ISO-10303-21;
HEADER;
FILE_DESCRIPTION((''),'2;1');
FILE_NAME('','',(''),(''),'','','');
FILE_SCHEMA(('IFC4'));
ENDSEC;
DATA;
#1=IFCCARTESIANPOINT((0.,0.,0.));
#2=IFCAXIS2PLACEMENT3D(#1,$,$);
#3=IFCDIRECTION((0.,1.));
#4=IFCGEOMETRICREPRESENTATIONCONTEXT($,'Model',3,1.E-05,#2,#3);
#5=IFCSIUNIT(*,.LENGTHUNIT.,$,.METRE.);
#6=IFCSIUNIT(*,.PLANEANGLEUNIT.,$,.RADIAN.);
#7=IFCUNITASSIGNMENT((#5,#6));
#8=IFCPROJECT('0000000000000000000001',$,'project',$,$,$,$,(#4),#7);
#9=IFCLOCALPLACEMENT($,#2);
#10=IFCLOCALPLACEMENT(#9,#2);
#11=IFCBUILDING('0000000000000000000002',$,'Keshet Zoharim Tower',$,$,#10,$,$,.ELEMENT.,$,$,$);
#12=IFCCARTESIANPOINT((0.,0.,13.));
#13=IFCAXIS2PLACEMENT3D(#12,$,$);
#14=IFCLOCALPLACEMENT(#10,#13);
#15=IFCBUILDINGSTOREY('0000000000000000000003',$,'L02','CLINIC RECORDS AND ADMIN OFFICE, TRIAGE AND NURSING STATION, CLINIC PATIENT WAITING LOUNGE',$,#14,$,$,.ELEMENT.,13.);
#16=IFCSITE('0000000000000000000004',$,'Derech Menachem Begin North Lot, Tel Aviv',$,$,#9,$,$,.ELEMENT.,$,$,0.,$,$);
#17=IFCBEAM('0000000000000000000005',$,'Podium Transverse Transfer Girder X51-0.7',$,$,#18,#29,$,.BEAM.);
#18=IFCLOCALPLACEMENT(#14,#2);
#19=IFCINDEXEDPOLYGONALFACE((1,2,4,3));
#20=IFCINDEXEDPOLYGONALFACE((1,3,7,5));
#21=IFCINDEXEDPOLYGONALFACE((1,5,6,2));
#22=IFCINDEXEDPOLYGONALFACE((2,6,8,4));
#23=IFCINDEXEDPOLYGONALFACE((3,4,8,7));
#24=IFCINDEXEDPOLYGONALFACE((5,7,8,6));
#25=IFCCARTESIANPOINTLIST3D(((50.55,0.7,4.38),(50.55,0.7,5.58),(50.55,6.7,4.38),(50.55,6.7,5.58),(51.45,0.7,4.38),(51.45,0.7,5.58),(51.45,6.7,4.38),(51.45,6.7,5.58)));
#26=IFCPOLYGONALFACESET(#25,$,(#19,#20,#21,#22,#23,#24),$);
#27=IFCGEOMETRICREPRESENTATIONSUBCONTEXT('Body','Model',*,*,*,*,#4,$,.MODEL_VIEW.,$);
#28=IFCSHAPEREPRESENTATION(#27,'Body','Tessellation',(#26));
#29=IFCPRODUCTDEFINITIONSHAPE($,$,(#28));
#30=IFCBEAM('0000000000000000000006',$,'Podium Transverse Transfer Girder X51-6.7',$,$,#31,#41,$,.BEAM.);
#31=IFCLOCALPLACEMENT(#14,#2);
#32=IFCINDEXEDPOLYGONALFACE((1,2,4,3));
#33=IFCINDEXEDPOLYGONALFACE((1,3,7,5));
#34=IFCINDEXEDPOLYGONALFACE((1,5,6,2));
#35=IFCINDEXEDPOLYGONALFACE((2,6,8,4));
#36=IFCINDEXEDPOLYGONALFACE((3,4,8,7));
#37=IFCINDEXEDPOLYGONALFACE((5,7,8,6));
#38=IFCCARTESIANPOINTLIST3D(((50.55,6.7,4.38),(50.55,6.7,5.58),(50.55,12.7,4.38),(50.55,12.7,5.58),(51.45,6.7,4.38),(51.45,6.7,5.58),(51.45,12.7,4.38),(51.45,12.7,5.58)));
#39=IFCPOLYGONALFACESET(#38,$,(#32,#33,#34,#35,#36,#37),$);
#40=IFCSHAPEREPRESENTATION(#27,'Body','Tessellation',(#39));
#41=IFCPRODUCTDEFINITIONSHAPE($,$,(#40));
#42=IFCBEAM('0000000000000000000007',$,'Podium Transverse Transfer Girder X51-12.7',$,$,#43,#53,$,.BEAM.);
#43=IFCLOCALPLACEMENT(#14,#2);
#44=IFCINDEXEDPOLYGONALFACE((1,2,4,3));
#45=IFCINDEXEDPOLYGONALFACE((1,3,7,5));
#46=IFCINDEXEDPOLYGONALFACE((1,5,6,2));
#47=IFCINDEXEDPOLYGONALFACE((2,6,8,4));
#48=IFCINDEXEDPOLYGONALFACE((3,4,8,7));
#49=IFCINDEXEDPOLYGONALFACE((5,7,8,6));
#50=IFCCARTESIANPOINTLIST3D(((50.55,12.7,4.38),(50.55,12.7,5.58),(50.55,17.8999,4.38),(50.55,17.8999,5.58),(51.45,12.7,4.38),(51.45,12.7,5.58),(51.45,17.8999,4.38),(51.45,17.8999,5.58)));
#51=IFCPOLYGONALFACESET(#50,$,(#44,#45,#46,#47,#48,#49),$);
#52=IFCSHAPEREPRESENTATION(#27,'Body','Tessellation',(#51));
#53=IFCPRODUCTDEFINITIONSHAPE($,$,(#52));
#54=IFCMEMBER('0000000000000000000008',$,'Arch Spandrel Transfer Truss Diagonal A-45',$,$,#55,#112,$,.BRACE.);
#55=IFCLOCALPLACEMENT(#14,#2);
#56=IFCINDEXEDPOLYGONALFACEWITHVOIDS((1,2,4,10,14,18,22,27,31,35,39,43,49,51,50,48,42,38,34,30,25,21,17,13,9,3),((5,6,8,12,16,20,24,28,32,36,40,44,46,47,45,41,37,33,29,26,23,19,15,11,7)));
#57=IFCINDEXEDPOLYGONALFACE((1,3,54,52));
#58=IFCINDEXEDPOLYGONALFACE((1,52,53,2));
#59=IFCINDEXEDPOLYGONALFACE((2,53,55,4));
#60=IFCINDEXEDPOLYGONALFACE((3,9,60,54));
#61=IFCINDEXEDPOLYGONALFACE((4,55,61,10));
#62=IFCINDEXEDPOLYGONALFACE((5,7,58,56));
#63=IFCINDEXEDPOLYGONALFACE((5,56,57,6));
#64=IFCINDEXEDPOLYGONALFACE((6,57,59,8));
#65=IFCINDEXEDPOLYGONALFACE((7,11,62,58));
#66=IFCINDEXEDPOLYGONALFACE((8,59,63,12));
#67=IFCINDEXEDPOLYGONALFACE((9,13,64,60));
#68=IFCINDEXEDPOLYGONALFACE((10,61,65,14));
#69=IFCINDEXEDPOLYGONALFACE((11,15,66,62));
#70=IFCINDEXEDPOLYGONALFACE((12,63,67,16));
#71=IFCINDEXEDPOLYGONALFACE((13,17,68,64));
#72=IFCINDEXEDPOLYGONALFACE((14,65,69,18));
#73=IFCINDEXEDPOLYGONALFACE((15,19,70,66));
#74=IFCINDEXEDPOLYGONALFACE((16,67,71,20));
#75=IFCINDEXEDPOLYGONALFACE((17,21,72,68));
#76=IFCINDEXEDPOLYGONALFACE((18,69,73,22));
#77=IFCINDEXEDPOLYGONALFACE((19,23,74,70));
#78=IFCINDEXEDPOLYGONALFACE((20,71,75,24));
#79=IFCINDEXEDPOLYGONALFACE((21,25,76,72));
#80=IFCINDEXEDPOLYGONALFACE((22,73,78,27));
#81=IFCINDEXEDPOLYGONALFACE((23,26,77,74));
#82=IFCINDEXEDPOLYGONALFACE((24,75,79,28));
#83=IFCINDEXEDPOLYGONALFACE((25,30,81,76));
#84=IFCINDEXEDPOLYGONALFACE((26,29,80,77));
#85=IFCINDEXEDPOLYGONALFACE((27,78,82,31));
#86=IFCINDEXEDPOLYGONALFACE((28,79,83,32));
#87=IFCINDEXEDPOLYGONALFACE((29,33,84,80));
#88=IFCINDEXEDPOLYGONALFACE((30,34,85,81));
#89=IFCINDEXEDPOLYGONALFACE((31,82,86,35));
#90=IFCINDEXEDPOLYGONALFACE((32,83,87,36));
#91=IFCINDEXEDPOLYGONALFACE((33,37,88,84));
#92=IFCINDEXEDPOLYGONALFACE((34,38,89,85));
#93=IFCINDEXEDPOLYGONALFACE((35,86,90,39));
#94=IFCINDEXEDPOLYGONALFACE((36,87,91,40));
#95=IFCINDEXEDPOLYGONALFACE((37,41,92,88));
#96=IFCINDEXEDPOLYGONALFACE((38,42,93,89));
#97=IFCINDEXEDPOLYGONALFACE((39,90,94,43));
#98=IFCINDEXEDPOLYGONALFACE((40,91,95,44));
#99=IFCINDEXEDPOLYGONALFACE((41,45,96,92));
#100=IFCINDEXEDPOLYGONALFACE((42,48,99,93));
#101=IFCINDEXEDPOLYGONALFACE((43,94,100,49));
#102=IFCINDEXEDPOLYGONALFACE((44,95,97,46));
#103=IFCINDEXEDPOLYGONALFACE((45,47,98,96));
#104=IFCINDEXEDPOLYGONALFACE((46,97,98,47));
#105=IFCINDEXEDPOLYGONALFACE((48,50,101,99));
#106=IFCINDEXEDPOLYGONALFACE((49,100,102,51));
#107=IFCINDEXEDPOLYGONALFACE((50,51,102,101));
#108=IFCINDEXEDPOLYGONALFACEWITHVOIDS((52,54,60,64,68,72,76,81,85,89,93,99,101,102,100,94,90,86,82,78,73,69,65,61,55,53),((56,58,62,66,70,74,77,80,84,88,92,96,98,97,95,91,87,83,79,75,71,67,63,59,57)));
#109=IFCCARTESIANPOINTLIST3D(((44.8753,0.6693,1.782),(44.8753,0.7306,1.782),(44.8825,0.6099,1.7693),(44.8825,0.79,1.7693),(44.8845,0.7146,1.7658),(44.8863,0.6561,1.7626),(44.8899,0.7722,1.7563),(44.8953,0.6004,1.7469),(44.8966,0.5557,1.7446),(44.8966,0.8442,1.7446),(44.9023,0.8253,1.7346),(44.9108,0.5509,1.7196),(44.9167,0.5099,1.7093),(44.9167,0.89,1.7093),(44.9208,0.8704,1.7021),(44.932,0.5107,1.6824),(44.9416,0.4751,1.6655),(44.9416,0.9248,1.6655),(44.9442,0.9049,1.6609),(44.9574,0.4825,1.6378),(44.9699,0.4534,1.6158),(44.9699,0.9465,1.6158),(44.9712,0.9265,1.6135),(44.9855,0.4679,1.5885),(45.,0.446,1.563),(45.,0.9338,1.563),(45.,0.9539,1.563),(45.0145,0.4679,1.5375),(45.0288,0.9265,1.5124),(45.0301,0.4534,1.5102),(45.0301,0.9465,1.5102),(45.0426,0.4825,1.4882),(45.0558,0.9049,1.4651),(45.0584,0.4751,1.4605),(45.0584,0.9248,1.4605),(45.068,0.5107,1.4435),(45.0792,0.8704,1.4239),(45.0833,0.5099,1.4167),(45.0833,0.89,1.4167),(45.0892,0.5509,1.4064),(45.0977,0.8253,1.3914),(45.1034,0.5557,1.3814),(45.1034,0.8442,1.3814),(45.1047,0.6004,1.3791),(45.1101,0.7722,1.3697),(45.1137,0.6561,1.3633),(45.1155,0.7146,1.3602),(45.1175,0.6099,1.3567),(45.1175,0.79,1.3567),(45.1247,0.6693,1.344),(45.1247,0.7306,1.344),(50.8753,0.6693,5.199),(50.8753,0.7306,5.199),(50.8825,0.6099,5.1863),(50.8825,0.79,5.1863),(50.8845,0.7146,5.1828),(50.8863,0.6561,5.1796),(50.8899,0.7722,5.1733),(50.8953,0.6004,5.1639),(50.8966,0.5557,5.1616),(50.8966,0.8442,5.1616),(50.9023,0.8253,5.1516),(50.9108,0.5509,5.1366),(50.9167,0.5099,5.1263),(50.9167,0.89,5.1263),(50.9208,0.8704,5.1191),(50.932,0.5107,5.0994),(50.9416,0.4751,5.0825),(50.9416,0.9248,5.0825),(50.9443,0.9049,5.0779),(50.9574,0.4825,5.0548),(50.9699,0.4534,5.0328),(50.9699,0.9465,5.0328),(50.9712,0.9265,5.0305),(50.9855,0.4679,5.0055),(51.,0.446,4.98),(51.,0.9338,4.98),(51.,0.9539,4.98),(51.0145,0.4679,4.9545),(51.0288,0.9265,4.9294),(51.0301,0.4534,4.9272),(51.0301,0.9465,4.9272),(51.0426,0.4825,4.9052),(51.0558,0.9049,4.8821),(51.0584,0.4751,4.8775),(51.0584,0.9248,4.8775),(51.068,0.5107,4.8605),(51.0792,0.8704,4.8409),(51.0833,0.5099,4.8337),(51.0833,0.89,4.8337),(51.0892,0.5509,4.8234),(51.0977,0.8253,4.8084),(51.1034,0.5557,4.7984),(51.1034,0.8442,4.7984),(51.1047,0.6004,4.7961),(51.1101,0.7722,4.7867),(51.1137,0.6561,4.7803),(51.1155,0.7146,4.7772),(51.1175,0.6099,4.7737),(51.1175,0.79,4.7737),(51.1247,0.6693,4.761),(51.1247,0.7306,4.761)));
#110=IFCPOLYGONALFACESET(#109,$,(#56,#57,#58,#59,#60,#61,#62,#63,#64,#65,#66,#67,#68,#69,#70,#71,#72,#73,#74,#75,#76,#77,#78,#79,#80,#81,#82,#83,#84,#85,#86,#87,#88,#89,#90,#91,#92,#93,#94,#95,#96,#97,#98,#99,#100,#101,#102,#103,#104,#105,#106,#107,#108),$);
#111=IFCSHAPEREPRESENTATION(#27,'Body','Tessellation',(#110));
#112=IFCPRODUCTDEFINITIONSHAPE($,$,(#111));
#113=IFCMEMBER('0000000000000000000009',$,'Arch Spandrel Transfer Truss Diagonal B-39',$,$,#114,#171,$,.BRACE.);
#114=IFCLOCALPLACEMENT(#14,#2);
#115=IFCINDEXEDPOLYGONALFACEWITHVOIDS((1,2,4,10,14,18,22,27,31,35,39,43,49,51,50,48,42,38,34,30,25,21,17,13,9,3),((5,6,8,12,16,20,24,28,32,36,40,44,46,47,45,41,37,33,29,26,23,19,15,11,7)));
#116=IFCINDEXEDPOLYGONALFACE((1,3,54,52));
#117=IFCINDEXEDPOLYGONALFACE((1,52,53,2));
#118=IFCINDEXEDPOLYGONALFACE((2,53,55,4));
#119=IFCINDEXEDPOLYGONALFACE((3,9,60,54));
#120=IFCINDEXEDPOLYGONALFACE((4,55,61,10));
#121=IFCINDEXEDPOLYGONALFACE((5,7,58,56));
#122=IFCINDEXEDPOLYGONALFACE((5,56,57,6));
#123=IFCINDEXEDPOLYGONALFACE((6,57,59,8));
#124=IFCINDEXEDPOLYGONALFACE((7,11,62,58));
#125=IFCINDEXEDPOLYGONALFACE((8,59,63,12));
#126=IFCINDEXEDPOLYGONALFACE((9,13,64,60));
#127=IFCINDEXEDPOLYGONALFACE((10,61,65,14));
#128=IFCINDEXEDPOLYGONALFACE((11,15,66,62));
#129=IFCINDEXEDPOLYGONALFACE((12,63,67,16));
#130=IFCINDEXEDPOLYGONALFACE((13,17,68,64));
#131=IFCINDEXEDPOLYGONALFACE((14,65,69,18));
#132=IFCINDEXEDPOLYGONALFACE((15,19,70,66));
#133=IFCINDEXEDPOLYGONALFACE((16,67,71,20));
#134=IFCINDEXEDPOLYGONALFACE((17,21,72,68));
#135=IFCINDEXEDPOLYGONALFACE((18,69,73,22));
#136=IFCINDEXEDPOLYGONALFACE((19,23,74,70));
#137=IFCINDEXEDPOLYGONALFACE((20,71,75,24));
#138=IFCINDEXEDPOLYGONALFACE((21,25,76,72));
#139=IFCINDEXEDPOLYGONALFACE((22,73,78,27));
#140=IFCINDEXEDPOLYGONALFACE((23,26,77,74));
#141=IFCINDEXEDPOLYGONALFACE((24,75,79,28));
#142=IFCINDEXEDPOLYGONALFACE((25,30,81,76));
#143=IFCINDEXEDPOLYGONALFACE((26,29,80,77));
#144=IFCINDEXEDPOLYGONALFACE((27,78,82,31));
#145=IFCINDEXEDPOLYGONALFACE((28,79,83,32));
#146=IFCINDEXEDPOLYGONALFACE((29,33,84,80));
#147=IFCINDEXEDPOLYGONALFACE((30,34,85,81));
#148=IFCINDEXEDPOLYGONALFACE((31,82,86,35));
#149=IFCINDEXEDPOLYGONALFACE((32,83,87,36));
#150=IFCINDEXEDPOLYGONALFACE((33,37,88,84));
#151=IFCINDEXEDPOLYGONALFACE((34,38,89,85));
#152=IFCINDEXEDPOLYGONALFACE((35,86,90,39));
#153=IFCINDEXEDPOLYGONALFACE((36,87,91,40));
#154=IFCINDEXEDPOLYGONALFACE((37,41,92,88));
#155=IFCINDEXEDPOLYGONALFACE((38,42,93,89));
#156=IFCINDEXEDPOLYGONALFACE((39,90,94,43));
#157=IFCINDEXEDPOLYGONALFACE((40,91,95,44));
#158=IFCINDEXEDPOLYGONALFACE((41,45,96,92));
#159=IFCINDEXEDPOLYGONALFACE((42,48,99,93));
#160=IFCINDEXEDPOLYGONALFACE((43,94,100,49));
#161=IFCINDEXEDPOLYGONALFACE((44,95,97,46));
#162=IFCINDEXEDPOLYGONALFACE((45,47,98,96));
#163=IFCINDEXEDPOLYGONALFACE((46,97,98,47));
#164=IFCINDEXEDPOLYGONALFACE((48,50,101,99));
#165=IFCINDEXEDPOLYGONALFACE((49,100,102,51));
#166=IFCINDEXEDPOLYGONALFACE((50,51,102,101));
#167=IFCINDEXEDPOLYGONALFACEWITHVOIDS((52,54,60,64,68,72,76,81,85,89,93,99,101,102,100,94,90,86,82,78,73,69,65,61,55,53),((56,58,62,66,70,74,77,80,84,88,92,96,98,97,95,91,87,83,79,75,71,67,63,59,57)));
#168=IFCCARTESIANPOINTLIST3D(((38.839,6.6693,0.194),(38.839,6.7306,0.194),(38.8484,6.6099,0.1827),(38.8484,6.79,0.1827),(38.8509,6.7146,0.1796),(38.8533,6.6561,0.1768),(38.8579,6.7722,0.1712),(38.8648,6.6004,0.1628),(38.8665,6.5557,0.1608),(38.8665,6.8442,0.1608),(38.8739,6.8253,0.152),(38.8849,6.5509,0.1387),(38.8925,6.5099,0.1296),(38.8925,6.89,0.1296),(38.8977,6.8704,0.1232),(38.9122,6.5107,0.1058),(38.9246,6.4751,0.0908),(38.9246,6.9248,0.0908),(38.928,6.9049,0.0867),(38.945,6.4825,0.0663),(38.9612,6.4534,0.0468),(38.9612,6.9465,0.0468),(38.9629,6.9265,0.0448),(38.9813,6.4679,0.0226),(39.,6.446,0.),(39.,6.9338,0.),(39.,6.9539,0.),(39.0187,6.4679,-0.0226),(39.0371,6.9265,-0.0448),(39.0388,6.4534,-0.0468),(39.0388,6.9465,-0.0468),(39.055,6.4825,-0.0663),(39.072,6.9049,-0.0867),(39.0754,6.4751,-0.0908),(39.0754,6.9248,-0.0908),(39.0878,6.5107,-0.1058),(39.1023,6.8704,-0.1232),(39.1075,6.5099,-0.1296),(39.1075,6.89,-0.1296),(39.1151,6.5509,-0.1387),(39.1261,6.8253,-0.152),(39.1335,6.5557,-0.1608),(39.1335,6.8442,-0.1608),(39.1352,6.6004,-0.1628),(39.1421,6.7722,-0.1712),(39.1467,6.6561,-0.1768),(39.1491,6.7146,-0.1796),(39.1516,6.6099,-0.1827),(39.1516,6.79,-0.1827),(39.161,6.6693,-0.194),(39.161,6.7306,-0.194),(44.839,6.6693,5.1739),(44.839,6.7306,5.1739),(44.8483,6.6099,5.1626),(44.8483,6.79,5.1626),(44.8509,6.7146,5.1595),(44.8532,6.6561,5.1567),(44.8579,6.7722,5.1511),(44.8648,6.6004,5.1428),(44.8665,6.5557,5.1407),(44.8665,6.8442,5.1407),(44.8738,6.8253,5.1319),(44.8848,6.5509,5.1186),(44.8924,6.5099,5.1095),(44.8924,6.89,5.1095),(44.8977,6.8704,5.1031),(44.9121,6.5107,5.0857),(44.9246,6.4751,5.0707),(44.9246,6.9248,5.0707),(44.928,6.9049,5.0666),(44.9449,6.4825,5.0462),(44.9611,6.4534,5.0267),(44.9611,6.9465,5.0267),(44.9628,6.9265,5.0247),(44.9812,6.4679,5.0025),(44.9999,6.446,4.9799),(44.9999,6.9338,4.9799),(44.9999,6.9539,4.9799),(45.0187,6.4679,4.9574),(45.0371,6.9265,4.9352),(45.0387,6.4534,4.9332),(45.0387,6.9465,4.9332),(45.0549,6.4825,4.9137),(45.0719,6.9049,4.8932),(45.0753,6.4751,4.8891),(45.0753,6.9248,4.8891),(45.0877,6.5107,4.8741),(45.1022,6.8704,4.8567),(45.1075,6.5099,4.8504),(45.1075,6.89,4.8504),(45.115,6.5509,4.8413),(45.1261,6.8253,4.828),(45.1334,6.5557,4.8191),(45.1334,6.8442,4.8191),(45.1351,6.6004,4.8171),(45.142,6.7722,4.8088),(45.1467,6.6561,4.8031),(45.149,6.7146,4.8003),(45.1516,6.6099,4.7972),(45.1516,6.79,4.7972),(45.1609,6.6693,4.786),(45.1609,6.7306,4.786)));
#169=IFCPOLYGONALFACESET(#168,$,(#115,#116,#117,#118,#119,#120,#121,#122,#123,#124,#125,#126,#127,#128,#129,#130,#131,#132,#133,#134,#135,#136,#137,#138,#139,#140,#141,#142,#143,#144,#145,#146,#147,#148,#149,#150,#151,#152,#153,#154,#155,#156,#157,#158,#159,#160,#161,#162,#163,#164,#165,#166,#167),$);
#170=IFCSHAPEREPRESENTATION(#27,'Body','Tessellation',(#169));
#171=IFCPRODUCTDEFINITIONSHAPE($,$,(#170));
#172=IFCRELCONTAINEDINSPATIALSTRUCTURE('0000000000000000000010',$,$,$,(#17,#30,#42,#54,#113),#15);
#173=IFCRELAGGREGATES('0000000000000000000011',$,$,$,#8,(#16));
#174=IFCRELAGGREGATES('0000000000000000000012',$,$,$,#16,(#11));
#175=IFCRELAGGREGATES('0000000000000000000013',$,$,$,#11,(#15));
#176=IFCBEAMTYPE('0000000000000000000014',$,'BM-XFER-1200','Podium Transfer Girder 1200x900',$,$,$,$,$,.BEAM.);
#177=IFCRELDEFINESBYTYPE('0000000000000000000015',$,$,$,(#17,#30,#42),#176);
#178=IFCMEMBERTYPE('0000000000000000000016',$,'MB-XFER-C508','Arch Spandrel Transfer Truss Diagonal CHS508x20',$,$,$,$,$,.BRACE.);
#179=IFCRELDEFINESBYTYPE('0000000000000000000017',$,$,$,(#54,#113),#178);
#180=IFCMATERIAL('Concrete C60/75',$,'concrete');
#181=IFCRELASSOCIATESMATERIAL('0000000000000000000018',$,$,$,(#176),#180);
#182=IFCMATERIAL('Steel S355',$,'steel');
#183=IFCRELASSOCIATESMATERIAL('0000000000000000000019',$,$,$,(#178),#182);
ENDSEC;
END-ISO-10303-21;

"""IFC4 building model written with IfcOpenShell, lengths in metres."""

from ifc_helpers import new_model, si_unit, direction, frame, origin, origin_2d, place, context, subcontext, project, spatial, rectangle, hollow_circle, extrude, material, material_profile, profile_set, type_object, element, save


model = new_model("IFC4")

# Units and contexts
model_context = context("Model", 3, precision=1e-05, world=origin(), true_north=direction((0.0, 1.0)))
body_context = subcontext(model_context, "Body", "Model", "MODEL_VIEW")
ifc_project = project(units=[si_unit("LENGTHUNIT", "METRE"), si_unit("PLANEANGLEUNIT", "RADIAN")], contexts=[model_context])

# Site, building, storey
site_placement = place(None, origin())
site = spatial("IfcSite", under=ifc_project, at=site_placement, Name="Derech Menachem Begin North Lot, Tel Aviv", CompositionType="ELEMENT", RefElevation=0.0)
building_placement = place(site_placement, origin())
building = spatial("IfcBuilding", under=site, at=building_placement, Name="Keshet Zoharim Tower", CompositionType="ELEMENT")
storey_placement = place(building_placement, frame((0.0, 0.0, 13.0)))
storey = spatial("IfcBuildingStorey", under=building, at=storey_placement, Name="L02", Description="CLINIC RECORDS AND ADMIN OFFICE, TRIAGE AND NURSING STATION, CLINIC PATIENT WAITING LOUNGE", CompositionType="ELEMENT", Elevation=13.0)

# Shared definitions
ifc_material_1 = material(Name="Steel S355", Category="steel")

# Beams
ifc_material_2 = material(Name="Concrete C60/75", Category="concrete")
ifc_material_profile_1 = material_profile(ifc_material_2, rectangle(XDim=0.8999, YDim=1.2, at=origin_2d()), Name="RC1200x900")
ifc_profile_set_1 = profile_set([ifc_material_profile_1], Name="Concrete C60/75")
beam_type_1 = type_object("IfcBeamType", Name="BM-XFER-1200", Description="Podium Transfer Girder 1200x900", PredefinedType="BEAM", material=ifc_profile_set_1)
for number, where, z_axis, x_axis, name in (
    (1, (51.0, 0.7, 4.98), (0.0, 1.0, 0.0), (-1.0, 0.0, 0.0), "Podium Transverse Transfer Girder X51-0.7"),
    (2, (51.0, 6.7, 4.98), (0.0, 1.0, 0.0), (-1.0, 0.0, 0.0), "Podium Transverse Transfer Girder X51-6.7"),
):
    element("IfcBeam", number, at=place(storey_placement, frame(where, z_axis=z_axis, x_axis=x_axis)), inside=storey, type_object=beam_type_1, Name=name, PredefinedType="BEAM", context=body_context, shape_type="SweptSolid", body=[
        extrude(rectangle(XDim=0.8999, YDim=1.2, at=origin_2d()), origin(), (0.0, 0.0, 1.0), 6.0),
    ])
beam_1_placement = place(storey_placement, frame((51.0, 12.7, 4.98), z_axis=(0.0, 1.0, 0.0), x_axis=(-1.0, 0.0, 0.0)))
element("IfcBeam", 3, at=beam_1_placement, inside=storey, type_object=beam_type_1, Name="Podium Transverse Transfer Girder X51-12.7", PredefinedType="BEAM", context=body_context, shape_type="SweptSolid", body=[
    extrude(rectangle(XDim=0.8999, YDim=1.2, at=origin_2d()), origin(), (0.0, 0.0, 1.0), 5.2),
])

# Members
ifc_material_profile_2 = material_profile(ifc_material_1, hollow_circle(Radius=0.2539, WallThickness=0.02, at=origin_2d()), Name="CHS508x20")
ifc_profile_set_2 = profile_set([ifc_material_profile_2], Name="Steel S355")
member_type = type_object("IfcMemberType", Name="MB-XFER-C508", Description="Arch Spandrel Transfer Truss Diagonal CHS508x20", PredefinedType="BRACE", material=ifc_profile_set_2)
member_1_placement = place(storey_placement, frame((45.0, 0.7, 1.563), z_axis=(0.868965, 0.0, 0.494874), x_axis=(0.0, 1.0, 0.0)))
element("IfcMember", 4, at=member_1_placement, inside=storey, type_object=member_type, Name="Arch Spandrel Transfer Truss Diagonal A-45", PredefinedType="BRACE", context=body_context, shape_type="SweptSolid", body=[
    extrude(hollow_circle(Radius=0.2539, WallThickness=0.02, at=origin_2d()), origin(), (0.0, 0.0, 1.0), 6.9048),
])
member_2_placement = place(storey_placement, frame((39.0, 6.7, 0.0), z_axis=(0.769482, 0.0, 0.638668), x_axis=(0.0, 1.0, 0.0)))
element("IfcMember", 5, at=member_2_placement, inside=storey, type_object=member_type, Name="Arch Spandrel Transfer Truss Diagonal B-39", PredefinedType="BRACE", context=body_context, shape_type="SweptSolid", body=[
    extrude(hollow_circle(Radius=0.2539, WallThickness=0.02, at=origin_2d()), origin(), (0.0, 0.0, 1.0), 7.7974),
])

save(model, "model.ifc")
